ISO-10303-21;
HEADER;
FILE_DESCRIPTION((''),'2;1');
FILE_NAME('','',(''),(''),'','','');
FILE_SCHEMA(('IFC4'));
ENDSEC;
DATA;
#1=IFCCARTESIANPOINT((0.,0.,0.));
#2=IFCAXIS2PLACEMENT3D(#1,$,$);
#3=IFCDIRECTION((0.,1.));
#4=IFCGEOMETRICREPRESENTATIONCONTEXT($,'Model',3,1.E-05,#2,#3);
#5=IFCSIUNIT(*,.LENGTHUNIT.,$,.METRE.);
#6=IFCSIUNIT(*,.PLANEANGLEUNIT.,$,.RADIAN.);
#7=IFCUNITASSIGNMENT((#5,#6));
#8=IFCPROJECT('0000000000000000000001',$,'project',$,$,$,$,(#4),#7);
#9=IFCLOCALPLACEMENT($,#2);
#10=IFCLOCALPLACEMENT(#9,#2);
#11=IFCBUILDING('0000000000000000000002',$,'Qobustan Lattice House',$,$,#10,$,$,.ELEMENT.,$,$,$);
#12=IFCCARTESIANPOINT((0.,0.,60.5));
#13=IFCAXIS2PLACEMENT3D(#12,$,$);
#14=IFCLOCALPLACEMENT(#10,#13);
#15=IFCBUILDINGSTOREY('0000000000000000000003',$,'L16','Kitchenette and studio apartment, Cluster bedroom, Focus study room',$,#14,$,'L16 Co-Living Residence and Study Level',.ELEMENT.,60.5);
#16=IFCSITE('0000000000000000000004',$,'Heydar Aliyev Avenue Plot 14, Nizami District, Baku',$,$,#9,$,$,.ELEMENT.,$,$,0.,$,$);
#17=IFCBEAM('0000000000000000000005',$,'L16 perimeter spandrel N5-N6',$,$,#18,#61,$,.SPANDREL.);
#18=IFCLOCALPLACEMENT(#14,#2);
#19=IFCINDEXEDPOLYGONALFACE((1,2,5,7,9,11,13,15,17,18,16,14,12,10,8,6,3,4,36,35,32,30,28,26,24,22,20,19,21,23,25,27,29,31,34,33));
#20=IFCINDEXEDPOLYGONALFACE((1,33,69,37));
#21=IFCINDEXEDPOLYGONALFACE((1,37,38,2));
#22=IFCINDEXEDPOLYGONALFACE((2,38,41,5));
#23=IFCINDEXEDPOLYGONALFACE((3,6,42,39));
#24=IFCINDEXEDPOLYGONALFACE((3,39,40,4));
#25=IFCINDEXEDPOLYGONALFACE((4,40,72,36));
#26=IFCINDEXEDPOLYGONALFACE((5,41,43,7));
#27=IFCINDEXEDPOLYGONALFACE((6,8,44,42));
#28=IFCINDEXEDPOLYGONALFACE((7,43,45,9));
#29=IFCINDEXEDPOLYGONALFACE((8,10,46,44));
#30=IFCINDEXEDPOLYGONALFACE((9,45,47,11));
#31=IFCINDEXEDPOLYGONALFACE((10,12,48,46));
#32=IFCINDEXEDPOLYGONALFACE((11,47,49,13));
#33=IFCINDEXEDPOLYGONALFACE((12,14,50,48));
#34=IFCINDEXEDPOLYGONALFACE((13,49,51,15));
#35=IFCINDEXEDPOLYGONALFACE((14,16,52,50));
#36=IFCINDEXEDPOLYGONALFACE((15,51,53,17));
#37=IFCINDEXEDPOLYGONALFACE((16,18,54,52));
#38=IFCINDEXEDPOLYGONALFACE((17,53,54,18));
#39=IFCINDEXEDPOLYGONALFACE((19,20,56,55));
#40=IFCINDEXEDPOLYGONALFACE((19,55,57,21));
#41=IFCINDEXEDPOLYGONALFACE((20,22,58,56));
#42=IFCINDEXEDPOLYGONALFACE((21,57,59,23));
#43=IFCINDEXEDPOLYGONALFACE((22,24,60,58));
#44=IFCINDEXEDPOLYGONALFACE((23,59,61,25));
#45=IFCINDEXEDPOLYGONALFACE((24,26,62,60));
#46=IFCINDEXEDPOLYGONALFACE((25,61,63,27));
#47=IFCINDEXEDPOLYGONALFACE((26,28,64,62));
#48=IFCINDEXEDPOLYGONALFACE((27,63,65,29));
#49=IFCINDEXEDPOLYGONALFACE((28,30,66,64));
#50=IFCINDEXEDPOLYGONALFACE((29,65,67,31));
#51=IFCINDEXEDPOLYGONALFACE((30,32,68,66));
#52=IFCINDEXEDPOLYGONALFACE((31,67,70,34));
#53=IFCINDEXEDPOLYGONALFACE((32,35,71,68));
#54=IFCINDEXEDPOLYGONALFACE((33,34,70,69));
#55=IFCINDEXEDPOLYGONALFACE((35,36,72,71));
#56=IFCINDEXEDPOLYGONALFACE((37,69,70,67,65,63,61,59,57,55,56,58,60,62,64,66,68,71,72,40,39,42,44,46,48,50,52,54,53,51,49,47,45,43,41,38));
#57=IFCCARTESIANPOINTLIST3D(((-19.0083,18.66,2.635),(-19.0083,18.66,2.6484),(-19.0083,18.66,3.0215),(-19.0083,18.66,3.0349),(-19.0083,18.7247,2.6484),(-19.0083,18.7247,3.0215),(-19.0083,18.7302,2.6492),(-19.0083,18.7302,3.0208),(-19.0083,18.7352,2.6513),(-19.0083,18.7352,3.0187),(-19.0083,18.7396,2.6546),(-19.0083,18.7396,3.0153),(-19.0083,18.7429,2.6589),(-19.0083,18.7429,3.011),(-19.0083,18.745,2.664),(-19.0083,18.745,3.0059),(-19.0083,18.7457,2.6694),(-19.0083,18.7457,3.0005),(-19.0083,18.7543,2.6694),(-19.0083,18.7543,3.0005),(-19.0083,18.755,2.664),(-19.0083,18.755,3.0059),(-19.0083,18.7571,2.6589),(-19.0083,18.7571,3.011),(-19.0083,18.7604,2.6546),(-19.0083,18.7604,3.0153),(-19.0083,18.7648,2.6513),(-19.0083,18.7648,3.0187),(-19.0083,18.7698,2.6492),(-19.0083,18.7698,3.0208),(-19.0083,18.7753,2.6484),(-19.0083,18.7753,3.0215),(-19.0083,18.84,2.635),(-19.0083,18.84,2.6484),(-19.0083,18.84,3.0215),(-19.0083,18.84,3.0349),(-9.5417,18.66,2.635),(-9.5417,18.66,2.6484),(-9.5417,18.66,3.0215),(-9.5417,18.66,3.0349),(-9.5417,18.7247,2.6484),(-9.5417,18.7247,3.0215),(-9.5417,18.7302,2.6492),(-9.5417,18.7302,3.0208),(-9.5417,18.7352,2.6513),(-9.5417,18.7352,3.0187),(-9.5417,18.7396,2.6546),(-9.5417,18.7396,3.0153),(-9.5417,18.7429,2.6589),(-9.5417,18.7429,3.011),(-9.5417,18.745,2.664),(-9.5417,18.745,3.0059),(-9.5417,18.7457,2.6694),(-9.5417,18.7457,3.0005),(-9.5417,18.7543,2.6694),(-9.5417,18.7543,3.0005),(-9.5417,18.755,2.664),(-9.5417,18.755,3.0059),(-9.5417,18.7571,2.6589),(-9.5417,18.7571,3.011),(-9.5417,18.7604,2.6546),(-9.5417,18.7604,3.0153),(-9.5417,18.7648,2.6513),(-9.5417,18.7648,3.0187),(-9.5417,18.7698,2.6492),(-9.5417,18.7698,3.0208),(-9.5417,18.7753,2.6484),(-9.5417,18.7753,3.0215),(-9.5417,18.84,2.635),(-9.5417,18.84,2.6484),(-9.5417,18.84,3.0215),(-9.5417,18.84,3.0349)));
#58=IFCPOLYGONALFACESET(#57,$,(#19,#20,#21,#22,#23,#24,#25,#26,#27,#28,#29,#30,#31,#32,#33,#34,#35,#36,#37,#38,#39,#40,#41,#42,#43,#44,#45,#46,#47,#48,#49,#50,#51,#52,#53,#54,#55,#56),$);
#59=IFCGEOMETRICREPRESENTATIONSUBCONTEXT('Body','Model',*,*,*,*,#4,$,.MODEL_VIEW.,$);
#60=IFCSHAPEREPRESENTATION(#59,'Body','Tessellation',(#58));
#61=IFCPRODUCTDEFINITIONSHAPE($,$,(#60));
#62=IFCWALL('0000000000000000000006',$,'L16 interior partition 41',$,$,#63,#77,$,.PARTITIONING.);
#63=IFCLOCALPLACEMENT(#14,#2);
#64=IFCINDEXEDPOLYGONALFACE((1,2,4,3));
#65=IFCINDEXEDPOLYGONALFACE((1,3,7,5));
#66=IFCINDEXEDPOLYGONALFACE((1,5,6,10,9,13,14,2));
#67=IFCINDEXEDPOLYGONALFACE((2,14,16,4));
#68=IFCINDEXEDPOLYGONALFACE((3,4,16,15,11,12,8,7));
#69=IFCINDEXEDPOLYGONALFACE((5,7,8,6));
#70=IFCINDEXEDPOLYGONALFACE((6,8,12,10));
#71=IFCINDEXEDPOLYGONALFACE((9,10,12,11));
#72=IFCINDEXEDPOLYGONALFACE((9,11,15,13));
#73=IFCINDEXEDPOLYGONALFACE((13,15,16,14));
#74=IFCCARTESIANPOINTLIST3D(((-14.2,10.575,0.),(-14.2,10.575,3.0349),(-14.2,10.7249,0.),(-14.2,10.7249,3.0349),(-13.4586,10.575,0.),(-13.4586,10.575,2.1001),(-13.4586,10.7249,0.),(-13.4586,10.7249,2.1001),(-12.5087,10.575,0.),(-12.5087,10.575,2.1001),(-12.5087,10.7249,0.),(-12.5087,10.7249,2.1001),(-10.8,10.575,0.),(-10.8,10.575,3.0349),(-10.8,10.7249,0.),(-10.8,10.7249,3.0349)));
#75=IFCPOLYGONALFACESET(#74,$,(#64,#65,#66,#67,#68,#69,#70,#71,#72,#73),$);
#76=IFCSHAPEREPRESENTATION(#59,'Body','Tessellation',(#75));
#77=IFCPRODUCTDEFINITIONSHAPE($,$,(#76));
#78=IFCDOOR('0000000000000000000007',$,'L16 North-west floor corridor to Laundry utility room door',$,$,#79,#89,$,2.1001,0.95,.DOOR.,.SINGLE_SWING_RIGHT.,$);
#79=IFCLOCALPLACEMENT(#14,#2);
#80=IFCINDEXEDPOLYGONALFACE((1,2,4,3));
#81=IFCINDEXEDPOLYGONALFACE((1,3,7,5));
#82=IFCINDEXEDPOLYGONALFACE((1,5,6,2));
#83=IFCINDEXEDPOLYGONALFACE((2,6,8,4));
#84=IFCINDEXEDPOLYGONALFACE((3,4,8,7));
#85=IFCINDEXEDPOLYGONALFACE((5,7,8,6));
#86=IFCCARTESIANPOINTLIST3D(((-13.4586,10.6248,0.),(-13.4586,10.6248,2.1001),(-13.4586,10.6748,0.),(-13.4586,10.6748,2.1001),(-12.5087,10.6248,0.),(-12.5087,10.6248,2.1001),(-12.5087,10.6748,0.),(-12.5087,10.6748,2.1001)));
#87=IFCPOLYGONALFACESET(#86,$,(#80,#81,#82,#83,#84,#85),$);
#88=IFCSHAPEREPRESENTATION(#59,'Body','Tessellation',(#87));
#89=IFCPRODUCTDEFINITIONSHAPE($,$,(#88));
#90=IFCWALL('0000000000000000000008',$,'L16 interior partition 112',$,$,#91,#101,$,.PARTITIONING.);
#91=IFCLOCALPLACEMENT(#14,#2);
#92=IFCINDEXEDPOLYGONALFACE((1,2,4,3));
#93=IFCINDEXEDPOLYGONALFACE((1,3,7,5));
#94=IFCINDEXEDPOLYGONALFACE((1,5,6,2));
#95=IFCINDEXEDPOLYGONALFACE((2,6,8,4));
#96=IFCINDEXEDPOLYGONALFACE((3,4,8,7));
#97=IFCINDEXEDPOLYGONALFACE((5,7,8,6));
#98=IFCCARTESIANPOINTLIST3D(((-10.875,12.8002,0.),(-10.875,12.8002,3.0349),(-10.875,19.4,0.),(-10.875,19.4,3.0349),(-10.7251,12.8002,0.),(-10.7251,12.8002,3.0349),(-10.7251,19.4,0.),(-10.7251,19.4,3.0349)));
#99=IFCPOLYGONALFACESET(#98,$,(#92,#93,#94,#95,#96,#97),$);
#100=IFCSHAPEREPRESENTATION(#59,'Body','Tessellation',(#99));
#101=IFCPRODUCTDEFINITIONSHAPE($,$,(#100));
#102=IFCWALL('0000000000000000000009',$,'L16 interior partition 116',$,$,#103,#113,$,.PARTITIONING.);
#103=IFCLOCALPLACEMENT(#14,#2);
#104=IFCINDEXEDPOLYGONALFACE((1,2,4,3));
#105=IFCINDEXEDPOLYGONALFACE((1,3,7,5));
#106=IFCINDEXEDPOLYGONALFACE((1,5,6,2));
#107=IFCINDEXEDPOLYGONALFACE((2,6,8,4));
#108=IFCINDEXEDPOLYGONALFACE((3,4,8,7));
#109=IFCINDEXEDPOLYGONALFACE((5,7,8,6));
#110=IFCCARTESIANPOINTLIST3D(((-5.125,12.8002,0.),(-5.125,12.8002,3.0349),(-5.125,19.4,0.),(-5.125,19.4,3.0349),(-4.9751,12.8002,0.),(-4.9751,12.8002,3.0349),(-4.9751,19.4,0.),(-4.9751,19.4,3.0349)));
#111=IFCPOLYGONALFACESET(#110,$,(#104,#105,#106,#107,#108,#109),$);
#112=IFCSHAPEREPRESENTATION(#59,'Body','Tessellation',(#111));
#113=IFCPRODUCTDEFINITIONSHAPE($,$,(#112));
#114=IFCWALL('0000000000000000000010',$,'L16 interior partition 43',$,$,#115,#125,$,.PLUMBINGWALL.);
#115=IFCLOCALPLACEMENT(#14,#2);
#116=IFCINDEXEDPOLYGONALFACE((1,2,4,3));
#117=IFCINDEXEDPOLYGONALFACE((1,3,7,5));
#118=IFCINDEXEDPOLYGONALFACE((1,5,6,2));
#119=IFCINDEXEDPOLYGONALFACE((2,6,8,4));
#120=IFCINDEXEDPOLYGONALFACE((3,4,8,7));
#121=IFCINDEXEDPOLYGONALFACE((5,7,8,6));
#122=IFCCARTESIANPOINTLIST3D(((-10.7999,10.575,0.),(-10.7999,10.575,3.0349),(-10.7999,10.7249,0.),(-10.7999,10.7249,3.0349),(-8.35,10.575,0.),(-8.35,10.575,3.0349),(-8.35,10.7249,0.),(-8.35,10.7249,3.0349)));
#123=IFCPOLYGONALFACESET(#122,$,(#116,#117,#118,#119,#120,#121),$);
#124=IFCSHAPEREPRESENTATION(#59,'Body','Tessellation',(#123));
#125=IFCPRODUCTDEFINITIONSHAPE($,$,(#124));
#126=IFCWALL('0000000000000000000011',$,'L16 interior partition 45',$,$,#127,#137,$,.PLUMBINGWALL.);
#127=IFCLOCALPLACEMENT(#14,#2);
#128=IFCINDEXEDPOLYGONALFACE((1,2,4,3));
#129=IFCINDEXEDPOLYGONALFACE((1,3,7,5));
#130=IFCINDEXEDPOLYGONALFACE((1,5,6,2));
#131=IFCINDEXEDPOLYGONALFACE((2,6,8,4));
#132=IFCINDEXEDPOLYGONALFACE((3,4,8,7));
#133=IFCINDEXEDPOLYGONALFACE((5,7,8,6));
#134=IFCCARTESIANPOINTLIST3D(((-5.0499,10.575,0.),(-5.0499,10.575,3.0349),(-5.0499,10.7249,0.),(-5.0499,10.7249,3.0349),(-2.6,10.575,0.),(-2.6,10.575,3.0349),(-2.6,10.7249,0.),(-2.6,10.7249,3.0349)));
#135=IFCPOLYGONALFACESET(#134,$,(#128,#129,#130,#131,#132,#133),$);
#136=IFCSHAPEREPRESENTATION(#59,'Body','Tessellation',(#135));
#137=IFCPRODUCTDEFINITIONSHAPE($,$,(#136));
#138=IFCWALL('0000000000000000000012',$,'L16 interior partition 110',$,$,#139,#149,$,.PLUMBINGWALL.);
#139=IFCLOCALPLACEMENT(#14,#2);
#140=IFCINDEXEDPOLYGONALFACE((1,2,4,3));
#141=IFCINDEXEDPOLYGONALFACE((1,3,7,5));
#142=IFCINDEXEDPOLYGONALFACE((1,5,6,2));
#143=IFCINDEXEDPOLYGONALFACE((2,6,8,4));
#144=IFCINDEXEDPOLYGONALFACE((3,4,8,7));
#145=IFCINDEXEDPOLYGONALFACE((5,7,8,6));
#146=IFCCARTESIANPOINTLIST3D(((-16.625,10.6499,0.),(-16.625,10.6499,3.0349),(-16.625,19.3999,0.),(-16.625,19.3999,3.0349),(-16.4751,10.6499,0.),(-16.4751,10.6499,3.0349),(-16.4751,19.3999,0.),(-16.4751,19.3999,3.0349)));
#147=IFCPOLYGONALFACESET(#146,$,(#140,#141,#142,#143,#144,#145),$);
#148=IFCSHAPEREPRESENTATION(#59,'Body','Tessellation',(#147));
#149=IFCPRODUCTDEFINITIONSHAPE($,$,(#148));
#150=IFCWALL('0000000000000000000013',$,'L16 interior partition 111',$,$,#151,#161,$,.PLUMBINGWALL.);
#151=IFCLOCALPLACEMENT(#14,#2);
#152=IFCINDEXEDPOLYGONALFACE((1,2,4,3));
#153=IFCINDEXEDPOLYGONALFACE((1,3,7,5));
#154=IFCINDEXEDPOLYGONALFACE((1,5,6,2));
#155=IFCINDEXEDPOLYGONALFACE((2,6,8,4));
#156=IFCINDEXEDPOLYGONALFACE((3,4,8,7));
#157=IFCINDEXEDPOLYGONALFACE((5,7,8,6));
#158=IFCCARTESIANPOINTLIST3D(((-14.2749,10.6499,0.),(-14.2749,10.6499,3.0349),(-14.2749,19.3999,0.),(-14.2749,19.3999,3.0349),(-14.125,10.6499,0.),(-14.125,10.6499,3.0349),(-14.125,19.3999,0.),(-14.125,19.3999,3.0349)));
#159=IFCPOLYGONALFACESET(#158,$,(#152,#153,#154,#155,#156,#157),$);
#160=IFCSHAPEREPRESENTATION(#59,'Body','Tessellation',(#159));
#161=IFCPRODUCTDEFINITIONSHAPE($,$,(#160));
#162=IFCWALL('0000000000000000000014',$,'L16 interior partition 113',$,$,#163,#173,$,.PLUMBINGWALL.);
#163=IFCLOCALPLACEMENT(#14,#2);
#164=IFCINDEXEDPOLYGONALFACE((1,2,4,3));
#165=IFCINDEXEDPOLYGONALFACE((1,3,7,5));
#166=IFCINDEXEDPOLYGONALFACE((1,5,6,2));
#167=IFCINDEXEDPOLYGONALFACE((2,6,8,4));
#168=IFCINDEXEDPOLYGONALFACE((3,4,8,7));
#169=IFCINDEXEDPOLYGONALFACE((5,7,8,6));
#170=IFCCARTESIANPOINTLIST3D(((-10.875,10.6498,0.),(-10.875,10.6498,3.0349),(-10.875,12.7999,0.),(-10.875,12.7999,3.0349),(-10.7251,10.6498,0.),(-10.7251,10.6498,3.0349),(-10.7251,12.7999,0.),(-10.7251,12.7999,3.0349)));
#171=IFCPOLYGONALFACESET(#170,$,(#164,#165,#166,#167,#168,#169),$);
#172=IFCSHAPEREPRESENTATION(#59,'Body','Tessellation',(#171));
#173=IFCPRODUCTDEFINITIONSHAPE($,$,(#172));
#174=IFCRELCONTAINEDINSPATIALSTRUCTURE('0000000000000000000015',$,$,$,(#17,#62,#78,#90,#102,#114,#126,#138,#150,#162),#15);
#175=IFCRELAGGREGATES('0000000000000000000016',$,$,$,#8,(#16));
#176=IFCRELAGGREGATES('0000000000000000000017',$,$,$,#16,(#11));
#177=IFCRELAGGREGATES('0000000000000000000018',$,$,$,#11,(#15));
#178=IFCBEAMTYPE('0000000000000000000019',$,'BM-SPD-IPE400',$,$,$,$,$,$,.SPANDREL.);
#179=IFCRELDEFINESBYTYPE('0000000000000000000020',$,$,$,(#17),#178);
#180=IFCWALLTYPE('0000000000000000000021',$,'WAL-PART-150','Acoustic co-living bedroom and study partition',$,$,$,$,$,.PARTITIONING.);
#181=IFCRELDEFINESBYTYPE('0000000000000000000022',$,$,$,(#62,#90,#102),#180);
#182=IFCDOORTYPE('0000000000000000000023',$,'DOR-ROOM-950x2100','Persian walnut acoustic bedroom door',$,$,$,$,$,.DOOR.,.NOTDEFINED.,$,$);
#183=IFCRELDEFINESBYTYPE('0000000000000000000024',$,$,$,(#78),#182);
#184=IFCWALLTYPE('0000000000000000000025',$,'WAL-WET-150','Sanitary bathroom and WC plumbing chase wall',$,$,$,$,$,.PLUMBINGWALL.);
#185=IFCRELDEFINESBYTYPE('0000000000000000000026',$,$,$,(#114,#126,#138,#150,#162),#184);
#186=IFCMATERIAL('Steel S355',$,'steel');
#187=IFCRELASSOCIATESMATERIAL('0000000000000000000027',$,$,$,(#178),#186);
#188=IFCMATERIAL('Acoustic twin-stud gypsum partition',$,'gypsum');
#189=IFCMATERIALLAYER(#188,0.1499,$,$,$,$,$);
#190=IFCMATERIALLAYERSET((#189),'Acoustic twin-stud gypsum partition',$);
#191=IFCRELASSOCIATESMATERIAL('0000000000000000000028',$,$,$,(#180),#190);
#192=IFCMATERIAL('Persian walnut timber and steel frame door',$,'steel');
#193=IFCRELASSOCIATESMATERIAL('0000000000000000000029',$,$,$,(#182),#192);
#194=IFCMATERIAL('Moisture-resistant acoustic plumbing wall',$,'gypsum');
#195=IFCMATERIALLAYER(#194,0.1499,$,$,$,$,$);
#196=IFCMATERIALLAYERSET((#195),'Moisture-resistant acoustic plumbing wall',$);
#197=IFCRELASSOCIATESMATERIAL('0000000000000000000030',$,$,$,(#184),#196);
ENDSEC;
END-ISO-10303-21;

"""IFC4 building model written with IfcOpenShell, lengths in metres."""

from ifc_helpers import new_model, si_unit, direction, frame, frame_2d, origin, origin_2d, place, context, subcontext, project, spatial, rectangle, i_section, extrude, material, layer, layer_set, material_profile, profile_set, type_object, element, fill, save


model = new_model("IFC4")

# Units and contexts
model_context = context("Model", 3, precision=1e-05, world=origin(), true_north=direction((0.0, 1.0)))
body_context = subcontext(model_context, "Body", "Model", "MODEL_VIEW")
ifc_project = project(units=[si_unit("LENGTHUNIT", "METRE"), si_unit("PLANEANGLEUNIT", "RADIAN")], contexts=[model_context])

# Site, building, storey
site_placement = place(None, origin())
site = spatial("IfcSite", under=ifc_project, at=site_placement, Name="Heydar Aliyev Avenue Plot 14, Nizami District, Baku", CompositionType="ELEMENT", RefElevation=0.0)
building_placement = place(site_placement, origin())
building = spatial("IfcBuilding", under=site, at=building_placement, Name="Qobustan Lattice House", CompositionType="ELEMENT")
storey_placement = place(building_placement, frame((0.0, 0.0, 60.5)))
storey = spatial("IfcBuildingStorey", under=building, at=storey_placement, Name="L16", Description="Kitchenette and studio apartment, Cluster bedroom, Focus study room", LongName="L16 Co-Living Residence and Study Level", CompositionType="ELEMENT", Elevation=60.5)

# Beam
ifc_material_1 = material(Name="Steel S355", Category="steel")
ifc_material_profile_1 = material_profile(ifc_material_1, i_section(OverallWidth=0.1799, OverallDepth=0.3999, WebThickness=0.0085, FlangeThickness=0.0134, FilletRadius=0.021, at=origin_2d()), Name="IPE400")
ifc_profile_set_1 = profile_set([ifc_material_profile_1], Name="Steel S355")
beam_type_1 = type_object("IfcBeamType", Name="BM-SPD-IPE400", PredefinedType="SPANDREL", material=ifc_profile_set_1)
beam_1_placement = place(storey_placement, frame((-9.5417, 18.75, 2.835), z_axis=(-1.0, 0.0, 0.0), x_axis=(0.0, -1.0, 0.0)))
element("IfcBeam", 1, at=beam_1_placement, inside=storey, type_object=beam_type_1, Name="L16 perimeter spandrel N5-N6", PredefinedType="SPANDREL", context=body_context, shape_type="SweptSolid", body=[
    extrude(i_section(OverallWidth=0.1799, OverallDepth=0.3999, WebThickness=0.0085, FlangeThickness=0.0134, FilletRadius=0.021, at=origin_2d()), origin(), (0.0, 0.0, 1.0), 9.4666),
])

# Wall, opening, door
ifc_material_2 = material(Name="Acoustic twin-stud gypsum partition", Category="gypsum")
ifc_layer_1 = layer(ifc_material_2, 0.1499)
ifc_layer_set_1 = layer_set([ifc_layer_1], Name="Acoustic twin-stud gypsum partition")
wall_type_1 = type_object("IfcWallType", Name="WAL-PART-150", Description="Acoustic co-living bedroom and study partition", PredefinedType="PARTITIONING", material=ifc_layer_set_1)
wall_1_placement = place(storey_placement, frame((-14.2, 10.6499, 0.0), z_axis=(0.0, 0.0, 1.0), x_axis=(1.0, 0.0, 0.0)))
wall_1 = element("IfcWall", 2, at=wall_1_placement, inside=storey, type_object=wall_type_1, Name="L16 interior partition 41", PredefinedType="PARTITIONING", context=body_context, shape_type="SweptSolid", body=[
    extrude(rectangle(XDim=3.3999, YDim=0.1499, at=frame_2d((1.7, 0.0))), origin(), (0.0, 0.0, 1.0), 3.0349),
])
opening_1_placement = place(wall_1_placement, frame((0.7412, 0.0, 0.0)))
opening_1 = element("IfcOpeningElement", 3, at=opening_1_placement, cuts=wall_1, PredefinedType="OPENING", context=body_context, shape_type="SweptSolid", body=[
    extrude(rectangle(XDim=0.95, YDim=2.1001, at=frame_2d((0.4751, 1.05))), frame((0.0, 0.085, 0.0), z_axis=(0.0, -1.0, 0.0), x_axis=(1.0, 0.0, 0.0)), (0.0, 0.0, 1.0), 0.1699),
])
ifc_material_3 = material(Name="Persian walnut timber and steel frame door", Category="steel")
door_type_1 = type_object("IfcDoorType", Name="DOR-ROOM-950x2100", Description="Persian walnut acoustic bedroom door", OperationType="NOTDEFINED", PredefinedType="DOOR", material=ifc_material_3)
door_1_placement = place(opening_1_placement, origin())
door_1 = element("IfcDoor", 4, at=door_1_placement, inside=storey, type_object=door_type_1, Name="L16 North-west floor corridor to Laundry utility room door", OperationType="SINGLE_SWING_RIGHT", OverallHeight=2.1001, OverallWidth=0.95, PredefinedType="DOOR", context=body_context, shape_type="SweptSolid", body=[
    extrude(rectangle(XDim=0.95, YDim=2.1001, at=frame_2d((0.4751, 1.05))), frame((0.0, 0.0249, 0.0), z_axis=(0.0, -1.0, 0.0), x_axis=(1.0, 0.0, 0.0)), (0.0, 0.0, 1.0), 0.05),
])
fill(opening_1, door_1)

# Walls
for number, where, z_axis, x_axis, name in (
    (5, (-10.8, 19.3999, 0.0), (0.0, 0.0, 1.0), (0.0, -1.0, 0.0), "L16 interior partition 112"),
    (6, (-5.05, 19.3999, 0.0), (0.0, 0.0, 1.0), (0.0, -1.0, 0.0), "L16 interior partition 116"),
):
    element("IfcWall", number, at=place(storey_placement, frame(where, z_axis=z_axis, x_axis=x_axis)), inside=storey, type_object=wall_type_1, Name=name, PredefinedType="PARTITIONING", context=body_context, shape_type="SweptSolid", body=[
        extrude(rectangle(XDim=6.5999, YDim=0.1499, at=frame_2d((3.2998, 0.0))), origin(), (0.0, 0.0, 1.0), 3.0349),
    ])
ifc_material_4 = material(Name="Moisture-resistant acoustic plumbing wall", Category="gypsum")
ifc_layer_2 = layer(ifc_material_4, 0.1499)
ifc_layer_set_2 = layer_set([ifc_layer_2], Name="Moisture-resistant acoustic plumbing wall")
wall_type_2 = type_object("IfcWallType", Name="WAL-WET-150", Description="Sanitary bathroom and WC plumbing chase wall", PredefinedType="PLUMBINGWALL", material=ifc_layer_set_2)
for number, where, z_axis, x_axis, name in (
    (7, (-10.8, 10.6499, 0.0), (0.0, 0.0, 1.0), (1.0, 0.0, 0.0), "L16 interior partition 43"),
    (8, (-5.05, 10.6499, 0.0), (0.0, 0.0, 1.0), (1.0, 0.0, 0.0), "L16 interior partition 45"),
):
    element("IfcWall", number, at=place(storey_placement, frame(where, z_axis=z_axis, x_axis=x_axis)), inside=storey, type_object=wall_type_2, Name=name, PredefinedType="PLUMBINGWALL", context=body_context, shape_type="SweptSolid", body=[
        extrude(rectangle(XDim=2.45, YDim=0.1499, at=frame_2d((1.2251, 0.0))), origin(), (0.0, 0.0, 1.0), 3.0349),
    ])
for number, where, z_axis, x_axis, name in (
    (9, (-16.55, 19.3999, 0.0), (0.0, 0.0, 1.0), (0.0, -1.0, 0.0), "L16 interior partition 110"),
    (10, (-14.2, 19.3999, 0.0), (0.0, 0.0, 1.0), (0.0, -1.0, 0.0), "L16 interior partition 111"),
):
    element("IfcWall", number, at=place(storey_placement, frame(where, z_axis=z_axis, x_axis=x_axis)), inside=storey, type_object=wall_type_2, Name=name, PredefinedType="PLUMBINGWALL", context=body_context, shape_type="SweptSolid", body=[
        extrude(rectangle(XDim=8.75, YDim=0.1499, at=frame_2d((4.375, 0.0))), origin(), (0.0, 0.0, 1.0), 3.0349),
    ])
wall_2_placement = place(storey_placement, frame((-10.8, 12.8, 0.0), z_axis=(0.0, 0.0, 1.0), x_axis=(0.0, -1.0, 0.0)))
element("IfcWall", 11, at=wall_2_placement, inside=storey, type_object=wall_type_2, Name="L16 interior partition 113", PredefinedType="PLUMBINGWALL", context=body_context, shape_type="SweptSolid", body=[
    extrude(rectangle(XDim=2.1501, YDim=0.1499, at=frame_2d((1.0752, 0.0))), origin(), (0.0, 0.0, 1.0), 3.0349),
])

save(model, "model.ifc")
